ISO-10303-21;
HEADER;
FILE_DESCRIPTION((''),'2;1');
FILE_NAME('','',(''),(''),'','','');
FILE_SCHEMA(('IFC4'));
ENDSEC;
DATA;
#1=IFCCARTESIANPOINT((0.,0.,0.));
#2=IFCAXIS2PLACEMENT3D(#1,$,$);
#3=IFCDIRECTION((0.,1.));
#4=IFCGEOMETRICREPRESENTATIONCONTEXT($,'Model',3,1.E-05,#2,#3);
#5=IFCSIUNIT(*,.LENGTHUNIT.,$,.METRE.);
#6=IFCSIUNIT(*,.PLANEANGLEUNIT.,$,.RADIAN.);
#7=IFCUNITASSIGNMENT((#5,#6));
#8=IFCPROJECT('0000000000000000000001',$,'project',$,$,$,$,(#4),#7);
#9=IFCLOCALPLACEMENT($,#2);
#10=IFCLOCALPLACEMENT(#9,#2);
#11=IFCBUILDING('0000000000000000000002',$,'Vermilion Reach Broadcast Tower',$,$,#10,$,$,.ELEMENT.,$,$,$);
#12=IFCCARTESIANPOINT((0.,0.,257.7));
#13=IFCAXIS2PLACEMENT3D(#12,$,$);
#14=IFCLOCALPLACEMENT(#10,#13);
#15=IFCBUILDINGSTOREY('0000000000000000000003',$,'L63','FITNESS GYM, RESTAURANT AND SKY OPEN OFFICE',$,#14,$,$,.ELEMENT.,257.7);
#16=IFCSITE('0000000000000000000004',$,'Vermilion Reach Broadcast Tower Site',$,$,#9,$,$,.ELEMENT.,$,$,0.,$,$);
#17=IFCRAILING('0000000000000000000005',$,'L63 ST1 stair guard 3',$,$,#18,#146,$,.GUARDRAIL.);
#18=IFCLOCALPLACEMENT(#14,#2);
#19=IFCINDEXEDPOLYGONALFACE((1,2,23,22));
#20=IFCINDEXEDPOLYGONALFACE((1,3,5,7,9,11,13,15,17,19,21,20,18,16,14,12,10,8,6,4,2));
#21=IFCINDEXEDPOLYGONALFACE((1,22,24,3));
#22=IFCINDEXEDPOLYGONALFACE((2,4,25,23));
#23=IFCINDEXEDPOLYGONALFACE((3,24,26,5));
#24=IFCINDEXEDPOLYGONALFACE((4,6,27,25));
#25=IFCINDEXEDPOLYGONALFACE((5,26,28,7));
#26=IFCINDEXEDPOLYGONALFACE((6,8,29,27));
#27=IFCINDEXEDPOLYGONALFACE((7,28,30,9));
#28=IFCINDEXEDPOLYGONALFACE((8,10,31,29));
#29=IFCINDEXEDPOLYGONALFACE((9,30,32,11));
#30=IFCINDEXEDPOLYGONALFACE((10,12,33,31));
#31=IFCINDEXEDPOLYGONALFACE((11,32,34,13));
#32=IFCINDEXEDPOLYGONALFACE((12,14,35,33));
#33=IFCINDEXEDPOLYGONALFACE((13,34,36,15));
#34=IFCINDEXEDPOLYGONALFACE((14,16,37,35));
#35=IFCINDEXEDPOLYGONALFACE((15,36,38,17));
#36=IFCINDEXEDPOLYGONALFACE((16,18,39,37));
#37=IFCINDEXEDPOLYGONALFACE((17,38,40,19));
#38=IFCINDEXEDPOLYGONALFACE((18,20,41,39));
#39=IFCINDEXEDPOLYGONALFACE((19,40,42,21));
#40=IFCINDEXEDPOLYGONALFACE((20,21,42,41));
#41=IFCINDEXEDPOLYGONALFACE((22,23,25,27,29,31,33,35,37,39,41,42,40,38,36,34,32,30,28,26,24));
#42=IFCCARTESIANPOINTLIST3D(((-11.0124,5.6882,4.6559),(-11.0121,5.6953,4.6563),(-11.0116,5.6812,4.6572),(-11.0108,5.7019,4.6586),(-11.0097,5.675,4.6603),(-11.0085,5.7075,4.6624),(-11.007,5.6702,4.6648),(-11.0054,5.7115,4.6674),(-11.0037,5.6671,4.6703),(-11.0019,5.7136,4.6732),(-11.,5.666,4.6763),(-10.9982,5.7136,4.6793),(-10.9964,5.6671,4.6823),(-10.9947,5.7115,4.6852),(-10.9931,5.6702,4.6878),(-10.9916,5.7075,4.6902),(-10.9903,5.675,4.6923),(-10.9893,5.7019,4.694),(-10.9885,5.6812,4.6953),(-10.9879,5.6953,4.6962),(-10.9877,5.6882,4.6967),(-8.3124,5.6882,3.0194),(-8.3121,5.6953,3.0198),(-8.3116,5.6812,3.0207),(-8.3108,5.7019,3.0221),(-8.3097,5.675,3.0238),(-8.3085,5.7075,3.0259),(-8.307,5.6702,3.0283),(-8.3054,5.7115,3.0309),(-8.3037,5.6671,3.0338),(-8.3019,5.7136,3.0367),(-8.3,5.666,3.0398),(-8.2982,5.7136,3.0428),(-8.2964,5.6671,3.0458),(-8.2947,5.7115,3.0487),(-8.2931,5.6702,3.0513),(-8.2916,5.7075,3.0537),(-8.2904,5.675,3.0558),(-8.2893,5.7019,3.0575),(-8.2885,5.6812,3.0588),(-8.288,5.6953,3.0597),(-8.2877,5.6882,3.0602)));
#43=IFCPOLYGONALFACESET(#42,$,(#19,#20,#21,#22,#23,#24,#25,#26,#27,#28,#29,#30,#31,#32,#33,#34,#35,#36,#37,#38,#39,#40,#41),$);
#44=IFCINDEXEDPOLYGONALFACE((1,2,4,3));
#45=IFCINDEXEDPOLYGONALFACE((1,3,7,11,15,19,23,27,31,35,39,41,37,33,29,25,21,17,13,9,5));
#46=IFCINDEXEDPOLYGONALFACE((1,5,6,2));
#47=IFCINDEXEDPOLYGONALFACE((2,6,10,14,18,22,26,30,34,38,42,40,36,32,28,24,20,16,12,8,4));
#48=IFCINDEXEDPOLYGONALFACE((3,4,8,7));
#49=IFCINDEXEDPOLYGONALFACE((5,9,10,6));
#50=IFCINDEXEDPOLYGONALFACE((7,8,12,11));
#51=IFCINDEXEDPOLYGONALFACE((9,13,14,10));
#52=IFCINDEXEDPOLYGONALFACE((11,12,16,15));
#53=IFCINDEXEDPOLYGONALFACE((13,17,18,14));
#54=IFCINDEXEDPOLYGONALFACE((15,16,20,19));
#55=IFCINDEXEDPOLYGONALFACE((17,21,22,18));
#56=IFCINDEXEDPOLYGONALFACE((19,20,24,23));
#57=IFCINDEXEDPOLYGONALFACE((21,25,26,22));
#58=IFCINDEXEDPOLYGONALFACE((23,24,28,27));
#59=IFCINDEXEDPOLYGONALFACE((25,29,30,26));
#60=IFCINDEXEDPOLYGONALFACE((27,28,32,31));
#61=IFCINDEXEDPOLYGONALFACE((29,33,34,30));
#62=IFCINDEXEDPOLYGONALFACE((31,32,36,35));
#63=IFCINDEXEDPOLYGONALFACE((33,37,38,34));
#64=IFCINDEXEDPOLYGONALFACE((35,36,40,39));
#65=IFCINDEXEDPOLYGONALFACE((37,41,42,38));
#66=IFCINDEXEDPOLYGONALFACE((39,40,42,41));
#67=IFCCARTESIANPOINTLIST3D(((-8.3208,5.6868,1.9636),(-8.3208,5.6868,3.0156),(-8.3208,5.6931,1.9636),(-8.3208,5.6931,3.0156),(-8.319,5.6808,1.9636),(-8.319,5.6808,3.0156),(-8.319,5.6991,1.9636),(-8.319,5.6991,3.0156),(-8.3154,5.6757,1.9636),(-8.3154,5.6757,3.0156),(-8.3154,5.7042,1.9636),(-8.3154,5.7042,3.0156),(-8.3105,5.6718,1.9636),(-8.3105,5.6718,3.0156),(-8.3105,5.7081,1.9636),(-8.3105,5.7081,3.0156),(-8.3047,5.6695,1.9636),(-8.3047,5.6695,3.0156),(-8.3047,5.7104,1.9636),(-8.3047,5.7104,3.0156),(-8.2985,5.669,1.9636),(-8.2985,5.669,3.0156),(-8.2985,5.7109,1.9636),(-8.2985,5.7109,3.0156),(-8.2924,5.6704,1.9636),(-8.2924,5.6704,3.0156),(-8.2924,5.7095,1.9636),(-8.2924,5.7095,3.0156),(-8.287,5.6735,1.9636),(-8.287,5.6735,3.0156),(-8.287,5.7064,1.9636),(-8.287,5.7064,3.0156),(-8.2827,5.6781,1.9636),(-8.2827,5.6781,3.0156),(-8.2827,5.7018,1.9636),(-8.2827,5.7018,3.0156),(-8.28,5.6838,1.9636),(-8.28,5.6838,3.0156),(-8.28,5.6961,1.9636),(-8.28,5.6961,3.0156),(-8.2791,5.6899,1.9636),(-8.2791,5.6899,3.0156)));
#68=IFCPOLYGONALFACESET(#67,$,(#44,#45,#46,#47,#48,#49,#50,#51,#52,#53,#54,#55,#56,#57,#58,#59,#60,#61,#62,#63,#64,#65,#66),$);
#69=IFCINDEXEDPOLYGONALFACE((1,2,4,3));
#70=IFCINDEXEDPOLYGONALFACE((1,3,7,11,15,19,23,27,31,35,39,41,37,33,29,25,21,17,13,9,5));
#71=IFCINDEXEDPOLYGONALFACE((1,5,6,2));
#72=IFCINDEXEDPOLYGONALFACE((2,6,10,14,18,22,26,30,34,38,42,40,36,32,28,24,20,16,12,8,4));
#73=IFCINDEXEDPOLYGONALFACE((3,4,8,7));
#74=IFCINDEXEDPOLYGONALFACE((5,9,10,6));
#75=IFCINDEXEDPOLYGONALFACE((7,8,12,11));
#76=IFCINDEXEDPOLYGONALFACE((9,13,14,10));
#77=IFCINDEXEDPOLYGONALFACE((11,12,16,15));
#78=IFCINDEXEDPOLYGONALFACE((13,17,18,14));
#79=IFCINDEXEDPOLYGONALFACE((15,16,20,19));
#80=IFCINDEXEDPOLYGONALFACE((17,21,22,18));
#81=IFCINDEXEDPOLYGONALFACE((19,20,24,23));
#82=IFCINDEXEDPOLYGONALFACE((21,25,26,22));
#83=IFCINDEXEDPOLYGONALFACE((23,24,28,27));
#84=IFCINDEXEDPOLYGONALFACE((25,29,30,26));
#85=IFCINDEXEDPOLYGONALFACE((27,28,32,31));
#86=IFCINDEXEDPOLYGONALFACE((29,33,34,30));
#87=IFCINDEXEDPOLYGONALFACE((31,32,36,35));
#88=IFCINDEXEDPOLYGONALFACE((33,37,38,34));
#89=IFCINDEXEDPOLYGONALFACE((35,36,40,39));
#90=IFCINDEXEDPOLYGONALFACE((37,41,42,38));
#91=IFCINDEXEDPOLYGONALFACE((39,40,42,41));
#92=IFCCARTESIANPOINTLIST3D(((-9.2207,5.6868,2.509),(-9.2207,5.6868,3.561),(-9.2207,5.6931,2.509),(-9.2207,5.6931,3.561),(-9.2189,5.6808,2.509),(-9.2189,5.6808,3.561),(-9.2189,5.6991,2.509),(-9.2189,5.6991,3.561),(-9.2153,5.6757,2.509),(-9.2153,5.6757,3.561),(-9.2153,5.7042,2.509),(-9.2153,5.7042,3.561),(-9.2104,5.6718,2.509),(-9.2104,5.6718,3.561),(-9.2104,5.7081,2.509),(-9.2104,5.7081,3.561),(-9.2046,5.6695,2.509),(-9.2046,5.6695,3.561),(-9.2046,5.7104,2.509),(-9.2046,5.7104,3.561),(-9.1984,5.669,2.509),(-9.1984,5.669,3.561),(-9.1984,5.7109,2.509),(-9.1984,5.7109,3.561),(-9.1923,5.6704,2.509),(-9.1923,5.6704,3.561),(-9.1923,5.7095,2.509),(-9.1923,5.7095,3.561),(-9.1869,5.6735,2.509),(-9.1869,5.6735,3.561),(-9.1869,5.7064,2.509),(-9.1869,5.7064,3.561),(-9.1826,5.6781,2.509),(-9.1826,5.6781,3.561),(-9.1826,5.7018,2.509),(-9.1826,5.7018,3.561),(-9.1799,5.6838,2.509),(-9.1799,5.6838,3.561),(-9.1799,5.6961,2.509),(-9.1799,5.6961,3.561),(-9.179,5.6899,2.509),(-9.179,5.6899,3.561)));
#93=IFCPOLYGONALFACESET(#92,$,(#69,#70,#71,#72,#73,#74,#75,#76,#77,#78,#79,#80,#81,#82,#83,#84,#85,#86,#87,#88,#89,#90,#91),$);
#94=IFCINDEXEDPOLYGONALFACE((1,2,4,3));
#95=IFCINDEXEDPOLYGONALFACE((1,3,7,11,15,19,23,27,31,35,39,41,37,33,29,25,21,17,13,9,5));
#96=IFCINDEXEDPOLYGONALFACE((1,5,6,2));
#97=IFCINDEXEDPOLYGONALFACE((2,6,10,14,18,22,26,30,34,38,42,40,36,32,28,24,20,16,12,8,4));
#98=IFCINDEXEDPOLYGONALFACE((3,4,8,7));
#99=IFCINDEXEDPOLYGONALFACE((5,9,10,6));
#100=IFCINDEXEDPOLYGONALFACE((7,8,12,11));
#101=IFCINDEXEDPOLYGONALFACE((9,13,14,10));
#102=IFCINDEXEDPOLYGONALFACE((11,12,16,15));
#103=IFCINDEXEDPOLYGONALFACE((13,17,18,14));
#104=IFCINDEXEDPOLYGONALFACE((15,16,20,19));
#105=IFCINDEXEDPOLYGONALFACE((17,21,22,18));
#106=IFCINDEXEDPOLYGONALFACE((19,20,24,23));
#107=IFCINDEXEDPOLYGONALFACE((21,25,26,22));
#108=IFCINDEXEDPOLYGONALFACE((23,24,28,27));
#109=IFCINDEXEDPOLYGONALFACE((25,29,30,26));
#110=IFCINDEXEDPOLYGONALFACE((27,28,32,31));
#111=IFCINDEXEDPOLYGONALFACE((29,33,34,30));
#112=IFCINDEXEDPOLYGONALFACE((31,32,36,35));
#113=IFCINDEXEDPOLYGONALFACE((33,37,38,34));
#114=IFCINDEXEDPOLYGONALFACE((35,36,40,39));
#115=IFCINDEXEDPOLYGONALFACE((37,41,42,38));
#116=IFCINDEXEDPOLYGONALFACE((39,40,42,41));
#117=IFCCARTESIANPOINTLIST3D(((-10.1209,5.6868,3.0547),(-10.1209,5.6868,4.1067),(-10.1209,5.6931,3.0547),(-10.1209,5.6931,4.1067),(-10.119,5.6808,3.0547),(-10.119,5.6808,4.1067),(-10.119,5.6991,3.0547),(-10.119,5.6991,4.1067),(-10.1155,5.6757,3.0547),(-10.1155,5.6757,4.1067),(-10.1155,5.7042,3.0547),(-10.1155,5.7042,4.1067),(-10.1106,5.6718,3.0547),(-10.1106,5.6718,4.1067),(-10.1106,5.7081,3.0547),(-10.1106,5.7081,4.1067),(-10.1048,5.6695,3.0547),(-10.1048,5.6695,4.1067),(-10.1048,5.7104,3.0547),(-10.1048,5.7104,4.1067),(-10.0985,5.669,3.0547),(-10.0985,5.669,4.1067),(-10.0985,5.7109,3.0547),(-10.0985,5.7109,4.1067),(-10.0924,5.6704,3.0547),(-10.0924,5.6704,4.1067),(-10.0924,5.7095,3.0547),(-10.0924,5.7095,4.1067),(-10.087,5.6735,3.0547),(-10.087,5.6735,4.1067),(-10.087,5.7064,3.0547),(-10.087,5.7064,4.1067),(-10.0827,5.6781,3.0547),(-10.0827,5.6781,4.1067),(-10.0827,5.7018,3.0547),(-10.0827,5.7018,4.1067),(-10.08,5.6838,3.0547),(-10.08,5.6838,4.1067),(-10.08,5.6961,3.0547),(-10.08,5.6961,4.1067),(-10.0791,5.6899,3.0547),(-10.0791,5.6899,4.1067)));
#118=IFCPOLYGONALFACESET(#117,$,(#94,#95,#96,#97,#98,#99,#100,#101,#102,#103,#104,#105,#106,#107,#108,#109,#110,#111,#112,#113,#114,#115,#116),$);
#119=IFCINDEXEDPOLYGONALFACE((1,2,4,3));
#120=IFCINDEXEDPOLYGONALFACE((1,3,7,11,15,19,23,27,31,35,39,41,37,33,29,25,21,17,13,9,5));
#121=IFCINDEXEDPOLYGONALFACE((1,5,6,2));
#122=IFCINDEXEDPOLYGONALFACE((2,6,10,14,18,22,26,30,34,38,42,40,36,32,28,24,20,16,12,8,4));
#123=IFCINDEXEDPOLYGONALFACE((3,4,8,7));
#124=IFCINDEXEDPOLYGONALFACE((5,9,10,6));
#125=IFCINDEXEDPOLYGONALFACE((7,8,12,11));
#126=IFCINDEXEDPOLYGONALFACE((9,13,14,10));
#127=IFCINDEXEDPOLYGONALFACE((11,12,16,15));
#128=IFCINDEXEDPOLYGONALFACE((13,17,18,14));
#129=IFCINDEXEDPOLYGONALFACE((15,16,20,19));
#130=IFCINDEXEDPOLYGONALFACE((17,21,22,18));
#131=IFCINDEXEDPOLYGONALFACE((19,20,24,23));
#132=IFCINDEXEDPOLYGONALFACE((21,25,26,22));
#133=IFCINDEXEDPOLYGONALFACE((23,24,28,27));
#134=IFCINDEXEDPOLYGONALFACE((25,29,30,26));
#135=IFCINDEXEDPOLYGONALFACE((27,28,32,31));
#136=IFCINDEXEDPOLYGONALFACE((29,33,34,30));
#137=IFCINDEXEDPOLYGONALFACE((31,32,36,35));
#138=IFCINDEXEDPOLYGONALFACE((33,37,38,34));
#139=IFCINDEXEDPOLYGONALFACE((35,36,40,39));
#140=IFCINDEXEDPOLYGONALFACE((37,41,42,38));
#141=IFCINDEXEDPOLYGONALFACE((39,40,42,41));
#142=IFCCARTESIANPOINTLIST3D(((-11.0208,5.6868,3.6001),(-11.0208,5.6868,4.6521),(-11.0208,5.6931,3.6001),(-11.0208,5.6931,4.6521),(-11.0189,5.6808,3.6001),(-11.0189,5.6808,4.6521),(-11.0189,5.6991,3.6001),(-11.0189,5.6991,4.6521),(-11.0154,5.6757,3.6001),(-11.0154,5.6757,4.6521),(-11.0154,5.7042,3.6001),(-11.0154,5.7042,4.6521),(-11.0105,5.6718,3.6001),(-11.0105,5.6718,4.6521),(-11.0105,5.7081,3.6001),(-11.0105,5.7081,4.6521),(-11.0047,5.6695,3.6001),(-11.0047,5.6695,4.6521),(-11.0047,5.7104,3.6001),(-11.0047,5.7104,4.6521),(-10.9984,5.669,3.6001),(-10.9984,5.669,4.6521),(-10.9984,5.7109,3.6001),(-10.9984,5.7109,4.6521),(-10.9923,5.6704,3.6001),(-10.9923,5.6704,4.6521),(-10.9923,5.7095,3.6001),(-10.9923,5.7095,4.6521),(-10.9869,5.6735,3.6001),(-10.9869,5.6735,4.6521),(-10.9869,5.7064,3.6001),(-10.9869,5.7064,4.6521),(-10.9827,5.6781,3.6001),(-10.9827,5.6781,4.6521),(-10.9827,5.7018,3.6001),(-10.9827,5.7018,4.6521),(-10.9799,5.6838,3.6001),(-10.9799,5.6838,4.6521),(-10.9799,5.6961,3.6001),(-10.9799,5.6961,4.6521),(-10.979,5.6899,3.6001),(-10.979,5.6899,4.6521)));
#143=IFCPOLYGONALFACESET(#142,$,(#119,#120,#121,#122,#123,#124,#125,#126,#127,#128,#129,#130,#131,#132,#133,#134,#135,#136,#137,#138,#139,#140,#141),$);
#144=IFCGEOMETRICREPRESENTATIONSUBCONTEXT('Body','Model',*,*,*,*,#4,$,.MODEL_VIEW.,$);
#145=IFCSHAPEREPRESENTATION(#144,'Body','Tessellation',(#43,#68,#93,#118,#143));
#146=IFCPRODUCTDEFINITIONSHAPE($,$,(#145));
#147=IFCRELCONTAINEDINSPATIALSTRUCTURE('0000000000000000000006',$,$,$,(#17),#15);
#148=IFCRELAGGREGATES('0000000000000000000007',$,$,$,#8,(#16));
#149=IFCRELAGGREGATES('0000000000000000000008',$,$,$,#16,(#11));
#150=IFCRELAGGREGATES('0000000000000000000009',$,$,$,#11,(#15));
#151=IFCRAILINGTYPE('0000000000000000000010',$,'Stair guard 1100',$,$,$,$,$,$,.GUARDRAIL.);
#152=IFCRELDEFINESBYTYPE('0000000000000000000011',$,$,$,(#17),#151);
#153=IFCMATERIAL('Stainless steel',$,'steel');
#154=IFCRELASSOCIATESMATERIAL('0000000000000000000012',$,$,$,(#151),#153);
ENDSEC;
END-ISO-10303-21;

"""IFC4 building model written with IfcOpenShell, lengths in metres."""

from ifc_helpers import new_model, si_unit, direction, frame, origin, origin_2d, place, context, subcontext, project, spatial, circle, extrude, material, type_object, element, save


model = new_model("IFC4")

# Units and contexts
model_context = context("Model", 3, precision=1e-05, world=origin(), true_north=direction((0.0, 1.0)))
body_context = subcontext(model_context, "Body", "Model", "MODEL_VIEW")
ifc_project = project(units=[si_unit("LENGTHUNIT", "METRE"), si_unit("PLANEANGLEUNIT", "RADIAN")], contexts=[model_context])

# Site, building, storey
site_placement = place(None, origin())
site = spatial("IfcSite", under=ifc_project, at=site_placement, Name="Vermilion Reach Broadcast Tower Site", CompositionType="ELEMENT", RefElevation=0.0)
building_placement = place(site_placement, origin())
building = spatial("IfcBuilding", under=site, at=building_placement, Name="Vermilion Reach Broadcast Tower", CompositionType="ELEMENT")
storey_placement = place(building_placement, frame((0.0, 0.0, 257.7)))
storey = spatial("IfcBuildingStorey", under=building, at=storey_placement, Name="L63", Description="FITNESS GYM, RESTAURANT AND SKY OPEN OFFICE", CompositionType="ELEMENT", Elevation=257.7)

# Railing
ifc_material_1 = material(Name="Stainless steel", Category="steel")
railing_type_1 = type_object("IfcRailingType", Name="Stair guard 1100", PredefinedType="GUARDRAIL", material=ifc_material_1)
railing_1_placement = place(storey_placement, frame((-8.3, 5.6899, 1.9636)))
element("IfcRailing", 1, at=railing_1_placement, inside=storey, type_object=railing_type_1, Name="L63 ST1 stair guard 3", PredefinedType="GUARDRAIL", context=body_context, shape_type="SweptSolid", body=[
    extrude(circle(Radius=0.0239, at=origin_2d()), frame((0.0, 0.0, 1.0762), z_axis=(-0.855178, 0.0, 0.518334), x_axis=(0.0, -1.0, 0.0)), (0.0, 0.0, 1.0), 3.1572),
    extrude(circle(Radius=0.021, at=origin_2d()), origin(), (0.0, 0.0, 1.0), 1.052),
    extrude(circle(Radius=0.021, at=origin_2d()), frame((-0.8999, 0.0, 0.5454)), (0.0, 0.0, 1.0), 1.052),
    extrude(circle(Radius=0.021, at=origin_2d()), frame((-1.8, 0.0, 1.0911)), (0.0, 0.0, 1.0), 1.052),
    extrude(circle(Radius=0.021, at=origin_2d()), frame((-2.7, 0.0, 1.6365)), (0.0, 0.0, 1.0), 1.052),
])

save(model, "model.ifc")
